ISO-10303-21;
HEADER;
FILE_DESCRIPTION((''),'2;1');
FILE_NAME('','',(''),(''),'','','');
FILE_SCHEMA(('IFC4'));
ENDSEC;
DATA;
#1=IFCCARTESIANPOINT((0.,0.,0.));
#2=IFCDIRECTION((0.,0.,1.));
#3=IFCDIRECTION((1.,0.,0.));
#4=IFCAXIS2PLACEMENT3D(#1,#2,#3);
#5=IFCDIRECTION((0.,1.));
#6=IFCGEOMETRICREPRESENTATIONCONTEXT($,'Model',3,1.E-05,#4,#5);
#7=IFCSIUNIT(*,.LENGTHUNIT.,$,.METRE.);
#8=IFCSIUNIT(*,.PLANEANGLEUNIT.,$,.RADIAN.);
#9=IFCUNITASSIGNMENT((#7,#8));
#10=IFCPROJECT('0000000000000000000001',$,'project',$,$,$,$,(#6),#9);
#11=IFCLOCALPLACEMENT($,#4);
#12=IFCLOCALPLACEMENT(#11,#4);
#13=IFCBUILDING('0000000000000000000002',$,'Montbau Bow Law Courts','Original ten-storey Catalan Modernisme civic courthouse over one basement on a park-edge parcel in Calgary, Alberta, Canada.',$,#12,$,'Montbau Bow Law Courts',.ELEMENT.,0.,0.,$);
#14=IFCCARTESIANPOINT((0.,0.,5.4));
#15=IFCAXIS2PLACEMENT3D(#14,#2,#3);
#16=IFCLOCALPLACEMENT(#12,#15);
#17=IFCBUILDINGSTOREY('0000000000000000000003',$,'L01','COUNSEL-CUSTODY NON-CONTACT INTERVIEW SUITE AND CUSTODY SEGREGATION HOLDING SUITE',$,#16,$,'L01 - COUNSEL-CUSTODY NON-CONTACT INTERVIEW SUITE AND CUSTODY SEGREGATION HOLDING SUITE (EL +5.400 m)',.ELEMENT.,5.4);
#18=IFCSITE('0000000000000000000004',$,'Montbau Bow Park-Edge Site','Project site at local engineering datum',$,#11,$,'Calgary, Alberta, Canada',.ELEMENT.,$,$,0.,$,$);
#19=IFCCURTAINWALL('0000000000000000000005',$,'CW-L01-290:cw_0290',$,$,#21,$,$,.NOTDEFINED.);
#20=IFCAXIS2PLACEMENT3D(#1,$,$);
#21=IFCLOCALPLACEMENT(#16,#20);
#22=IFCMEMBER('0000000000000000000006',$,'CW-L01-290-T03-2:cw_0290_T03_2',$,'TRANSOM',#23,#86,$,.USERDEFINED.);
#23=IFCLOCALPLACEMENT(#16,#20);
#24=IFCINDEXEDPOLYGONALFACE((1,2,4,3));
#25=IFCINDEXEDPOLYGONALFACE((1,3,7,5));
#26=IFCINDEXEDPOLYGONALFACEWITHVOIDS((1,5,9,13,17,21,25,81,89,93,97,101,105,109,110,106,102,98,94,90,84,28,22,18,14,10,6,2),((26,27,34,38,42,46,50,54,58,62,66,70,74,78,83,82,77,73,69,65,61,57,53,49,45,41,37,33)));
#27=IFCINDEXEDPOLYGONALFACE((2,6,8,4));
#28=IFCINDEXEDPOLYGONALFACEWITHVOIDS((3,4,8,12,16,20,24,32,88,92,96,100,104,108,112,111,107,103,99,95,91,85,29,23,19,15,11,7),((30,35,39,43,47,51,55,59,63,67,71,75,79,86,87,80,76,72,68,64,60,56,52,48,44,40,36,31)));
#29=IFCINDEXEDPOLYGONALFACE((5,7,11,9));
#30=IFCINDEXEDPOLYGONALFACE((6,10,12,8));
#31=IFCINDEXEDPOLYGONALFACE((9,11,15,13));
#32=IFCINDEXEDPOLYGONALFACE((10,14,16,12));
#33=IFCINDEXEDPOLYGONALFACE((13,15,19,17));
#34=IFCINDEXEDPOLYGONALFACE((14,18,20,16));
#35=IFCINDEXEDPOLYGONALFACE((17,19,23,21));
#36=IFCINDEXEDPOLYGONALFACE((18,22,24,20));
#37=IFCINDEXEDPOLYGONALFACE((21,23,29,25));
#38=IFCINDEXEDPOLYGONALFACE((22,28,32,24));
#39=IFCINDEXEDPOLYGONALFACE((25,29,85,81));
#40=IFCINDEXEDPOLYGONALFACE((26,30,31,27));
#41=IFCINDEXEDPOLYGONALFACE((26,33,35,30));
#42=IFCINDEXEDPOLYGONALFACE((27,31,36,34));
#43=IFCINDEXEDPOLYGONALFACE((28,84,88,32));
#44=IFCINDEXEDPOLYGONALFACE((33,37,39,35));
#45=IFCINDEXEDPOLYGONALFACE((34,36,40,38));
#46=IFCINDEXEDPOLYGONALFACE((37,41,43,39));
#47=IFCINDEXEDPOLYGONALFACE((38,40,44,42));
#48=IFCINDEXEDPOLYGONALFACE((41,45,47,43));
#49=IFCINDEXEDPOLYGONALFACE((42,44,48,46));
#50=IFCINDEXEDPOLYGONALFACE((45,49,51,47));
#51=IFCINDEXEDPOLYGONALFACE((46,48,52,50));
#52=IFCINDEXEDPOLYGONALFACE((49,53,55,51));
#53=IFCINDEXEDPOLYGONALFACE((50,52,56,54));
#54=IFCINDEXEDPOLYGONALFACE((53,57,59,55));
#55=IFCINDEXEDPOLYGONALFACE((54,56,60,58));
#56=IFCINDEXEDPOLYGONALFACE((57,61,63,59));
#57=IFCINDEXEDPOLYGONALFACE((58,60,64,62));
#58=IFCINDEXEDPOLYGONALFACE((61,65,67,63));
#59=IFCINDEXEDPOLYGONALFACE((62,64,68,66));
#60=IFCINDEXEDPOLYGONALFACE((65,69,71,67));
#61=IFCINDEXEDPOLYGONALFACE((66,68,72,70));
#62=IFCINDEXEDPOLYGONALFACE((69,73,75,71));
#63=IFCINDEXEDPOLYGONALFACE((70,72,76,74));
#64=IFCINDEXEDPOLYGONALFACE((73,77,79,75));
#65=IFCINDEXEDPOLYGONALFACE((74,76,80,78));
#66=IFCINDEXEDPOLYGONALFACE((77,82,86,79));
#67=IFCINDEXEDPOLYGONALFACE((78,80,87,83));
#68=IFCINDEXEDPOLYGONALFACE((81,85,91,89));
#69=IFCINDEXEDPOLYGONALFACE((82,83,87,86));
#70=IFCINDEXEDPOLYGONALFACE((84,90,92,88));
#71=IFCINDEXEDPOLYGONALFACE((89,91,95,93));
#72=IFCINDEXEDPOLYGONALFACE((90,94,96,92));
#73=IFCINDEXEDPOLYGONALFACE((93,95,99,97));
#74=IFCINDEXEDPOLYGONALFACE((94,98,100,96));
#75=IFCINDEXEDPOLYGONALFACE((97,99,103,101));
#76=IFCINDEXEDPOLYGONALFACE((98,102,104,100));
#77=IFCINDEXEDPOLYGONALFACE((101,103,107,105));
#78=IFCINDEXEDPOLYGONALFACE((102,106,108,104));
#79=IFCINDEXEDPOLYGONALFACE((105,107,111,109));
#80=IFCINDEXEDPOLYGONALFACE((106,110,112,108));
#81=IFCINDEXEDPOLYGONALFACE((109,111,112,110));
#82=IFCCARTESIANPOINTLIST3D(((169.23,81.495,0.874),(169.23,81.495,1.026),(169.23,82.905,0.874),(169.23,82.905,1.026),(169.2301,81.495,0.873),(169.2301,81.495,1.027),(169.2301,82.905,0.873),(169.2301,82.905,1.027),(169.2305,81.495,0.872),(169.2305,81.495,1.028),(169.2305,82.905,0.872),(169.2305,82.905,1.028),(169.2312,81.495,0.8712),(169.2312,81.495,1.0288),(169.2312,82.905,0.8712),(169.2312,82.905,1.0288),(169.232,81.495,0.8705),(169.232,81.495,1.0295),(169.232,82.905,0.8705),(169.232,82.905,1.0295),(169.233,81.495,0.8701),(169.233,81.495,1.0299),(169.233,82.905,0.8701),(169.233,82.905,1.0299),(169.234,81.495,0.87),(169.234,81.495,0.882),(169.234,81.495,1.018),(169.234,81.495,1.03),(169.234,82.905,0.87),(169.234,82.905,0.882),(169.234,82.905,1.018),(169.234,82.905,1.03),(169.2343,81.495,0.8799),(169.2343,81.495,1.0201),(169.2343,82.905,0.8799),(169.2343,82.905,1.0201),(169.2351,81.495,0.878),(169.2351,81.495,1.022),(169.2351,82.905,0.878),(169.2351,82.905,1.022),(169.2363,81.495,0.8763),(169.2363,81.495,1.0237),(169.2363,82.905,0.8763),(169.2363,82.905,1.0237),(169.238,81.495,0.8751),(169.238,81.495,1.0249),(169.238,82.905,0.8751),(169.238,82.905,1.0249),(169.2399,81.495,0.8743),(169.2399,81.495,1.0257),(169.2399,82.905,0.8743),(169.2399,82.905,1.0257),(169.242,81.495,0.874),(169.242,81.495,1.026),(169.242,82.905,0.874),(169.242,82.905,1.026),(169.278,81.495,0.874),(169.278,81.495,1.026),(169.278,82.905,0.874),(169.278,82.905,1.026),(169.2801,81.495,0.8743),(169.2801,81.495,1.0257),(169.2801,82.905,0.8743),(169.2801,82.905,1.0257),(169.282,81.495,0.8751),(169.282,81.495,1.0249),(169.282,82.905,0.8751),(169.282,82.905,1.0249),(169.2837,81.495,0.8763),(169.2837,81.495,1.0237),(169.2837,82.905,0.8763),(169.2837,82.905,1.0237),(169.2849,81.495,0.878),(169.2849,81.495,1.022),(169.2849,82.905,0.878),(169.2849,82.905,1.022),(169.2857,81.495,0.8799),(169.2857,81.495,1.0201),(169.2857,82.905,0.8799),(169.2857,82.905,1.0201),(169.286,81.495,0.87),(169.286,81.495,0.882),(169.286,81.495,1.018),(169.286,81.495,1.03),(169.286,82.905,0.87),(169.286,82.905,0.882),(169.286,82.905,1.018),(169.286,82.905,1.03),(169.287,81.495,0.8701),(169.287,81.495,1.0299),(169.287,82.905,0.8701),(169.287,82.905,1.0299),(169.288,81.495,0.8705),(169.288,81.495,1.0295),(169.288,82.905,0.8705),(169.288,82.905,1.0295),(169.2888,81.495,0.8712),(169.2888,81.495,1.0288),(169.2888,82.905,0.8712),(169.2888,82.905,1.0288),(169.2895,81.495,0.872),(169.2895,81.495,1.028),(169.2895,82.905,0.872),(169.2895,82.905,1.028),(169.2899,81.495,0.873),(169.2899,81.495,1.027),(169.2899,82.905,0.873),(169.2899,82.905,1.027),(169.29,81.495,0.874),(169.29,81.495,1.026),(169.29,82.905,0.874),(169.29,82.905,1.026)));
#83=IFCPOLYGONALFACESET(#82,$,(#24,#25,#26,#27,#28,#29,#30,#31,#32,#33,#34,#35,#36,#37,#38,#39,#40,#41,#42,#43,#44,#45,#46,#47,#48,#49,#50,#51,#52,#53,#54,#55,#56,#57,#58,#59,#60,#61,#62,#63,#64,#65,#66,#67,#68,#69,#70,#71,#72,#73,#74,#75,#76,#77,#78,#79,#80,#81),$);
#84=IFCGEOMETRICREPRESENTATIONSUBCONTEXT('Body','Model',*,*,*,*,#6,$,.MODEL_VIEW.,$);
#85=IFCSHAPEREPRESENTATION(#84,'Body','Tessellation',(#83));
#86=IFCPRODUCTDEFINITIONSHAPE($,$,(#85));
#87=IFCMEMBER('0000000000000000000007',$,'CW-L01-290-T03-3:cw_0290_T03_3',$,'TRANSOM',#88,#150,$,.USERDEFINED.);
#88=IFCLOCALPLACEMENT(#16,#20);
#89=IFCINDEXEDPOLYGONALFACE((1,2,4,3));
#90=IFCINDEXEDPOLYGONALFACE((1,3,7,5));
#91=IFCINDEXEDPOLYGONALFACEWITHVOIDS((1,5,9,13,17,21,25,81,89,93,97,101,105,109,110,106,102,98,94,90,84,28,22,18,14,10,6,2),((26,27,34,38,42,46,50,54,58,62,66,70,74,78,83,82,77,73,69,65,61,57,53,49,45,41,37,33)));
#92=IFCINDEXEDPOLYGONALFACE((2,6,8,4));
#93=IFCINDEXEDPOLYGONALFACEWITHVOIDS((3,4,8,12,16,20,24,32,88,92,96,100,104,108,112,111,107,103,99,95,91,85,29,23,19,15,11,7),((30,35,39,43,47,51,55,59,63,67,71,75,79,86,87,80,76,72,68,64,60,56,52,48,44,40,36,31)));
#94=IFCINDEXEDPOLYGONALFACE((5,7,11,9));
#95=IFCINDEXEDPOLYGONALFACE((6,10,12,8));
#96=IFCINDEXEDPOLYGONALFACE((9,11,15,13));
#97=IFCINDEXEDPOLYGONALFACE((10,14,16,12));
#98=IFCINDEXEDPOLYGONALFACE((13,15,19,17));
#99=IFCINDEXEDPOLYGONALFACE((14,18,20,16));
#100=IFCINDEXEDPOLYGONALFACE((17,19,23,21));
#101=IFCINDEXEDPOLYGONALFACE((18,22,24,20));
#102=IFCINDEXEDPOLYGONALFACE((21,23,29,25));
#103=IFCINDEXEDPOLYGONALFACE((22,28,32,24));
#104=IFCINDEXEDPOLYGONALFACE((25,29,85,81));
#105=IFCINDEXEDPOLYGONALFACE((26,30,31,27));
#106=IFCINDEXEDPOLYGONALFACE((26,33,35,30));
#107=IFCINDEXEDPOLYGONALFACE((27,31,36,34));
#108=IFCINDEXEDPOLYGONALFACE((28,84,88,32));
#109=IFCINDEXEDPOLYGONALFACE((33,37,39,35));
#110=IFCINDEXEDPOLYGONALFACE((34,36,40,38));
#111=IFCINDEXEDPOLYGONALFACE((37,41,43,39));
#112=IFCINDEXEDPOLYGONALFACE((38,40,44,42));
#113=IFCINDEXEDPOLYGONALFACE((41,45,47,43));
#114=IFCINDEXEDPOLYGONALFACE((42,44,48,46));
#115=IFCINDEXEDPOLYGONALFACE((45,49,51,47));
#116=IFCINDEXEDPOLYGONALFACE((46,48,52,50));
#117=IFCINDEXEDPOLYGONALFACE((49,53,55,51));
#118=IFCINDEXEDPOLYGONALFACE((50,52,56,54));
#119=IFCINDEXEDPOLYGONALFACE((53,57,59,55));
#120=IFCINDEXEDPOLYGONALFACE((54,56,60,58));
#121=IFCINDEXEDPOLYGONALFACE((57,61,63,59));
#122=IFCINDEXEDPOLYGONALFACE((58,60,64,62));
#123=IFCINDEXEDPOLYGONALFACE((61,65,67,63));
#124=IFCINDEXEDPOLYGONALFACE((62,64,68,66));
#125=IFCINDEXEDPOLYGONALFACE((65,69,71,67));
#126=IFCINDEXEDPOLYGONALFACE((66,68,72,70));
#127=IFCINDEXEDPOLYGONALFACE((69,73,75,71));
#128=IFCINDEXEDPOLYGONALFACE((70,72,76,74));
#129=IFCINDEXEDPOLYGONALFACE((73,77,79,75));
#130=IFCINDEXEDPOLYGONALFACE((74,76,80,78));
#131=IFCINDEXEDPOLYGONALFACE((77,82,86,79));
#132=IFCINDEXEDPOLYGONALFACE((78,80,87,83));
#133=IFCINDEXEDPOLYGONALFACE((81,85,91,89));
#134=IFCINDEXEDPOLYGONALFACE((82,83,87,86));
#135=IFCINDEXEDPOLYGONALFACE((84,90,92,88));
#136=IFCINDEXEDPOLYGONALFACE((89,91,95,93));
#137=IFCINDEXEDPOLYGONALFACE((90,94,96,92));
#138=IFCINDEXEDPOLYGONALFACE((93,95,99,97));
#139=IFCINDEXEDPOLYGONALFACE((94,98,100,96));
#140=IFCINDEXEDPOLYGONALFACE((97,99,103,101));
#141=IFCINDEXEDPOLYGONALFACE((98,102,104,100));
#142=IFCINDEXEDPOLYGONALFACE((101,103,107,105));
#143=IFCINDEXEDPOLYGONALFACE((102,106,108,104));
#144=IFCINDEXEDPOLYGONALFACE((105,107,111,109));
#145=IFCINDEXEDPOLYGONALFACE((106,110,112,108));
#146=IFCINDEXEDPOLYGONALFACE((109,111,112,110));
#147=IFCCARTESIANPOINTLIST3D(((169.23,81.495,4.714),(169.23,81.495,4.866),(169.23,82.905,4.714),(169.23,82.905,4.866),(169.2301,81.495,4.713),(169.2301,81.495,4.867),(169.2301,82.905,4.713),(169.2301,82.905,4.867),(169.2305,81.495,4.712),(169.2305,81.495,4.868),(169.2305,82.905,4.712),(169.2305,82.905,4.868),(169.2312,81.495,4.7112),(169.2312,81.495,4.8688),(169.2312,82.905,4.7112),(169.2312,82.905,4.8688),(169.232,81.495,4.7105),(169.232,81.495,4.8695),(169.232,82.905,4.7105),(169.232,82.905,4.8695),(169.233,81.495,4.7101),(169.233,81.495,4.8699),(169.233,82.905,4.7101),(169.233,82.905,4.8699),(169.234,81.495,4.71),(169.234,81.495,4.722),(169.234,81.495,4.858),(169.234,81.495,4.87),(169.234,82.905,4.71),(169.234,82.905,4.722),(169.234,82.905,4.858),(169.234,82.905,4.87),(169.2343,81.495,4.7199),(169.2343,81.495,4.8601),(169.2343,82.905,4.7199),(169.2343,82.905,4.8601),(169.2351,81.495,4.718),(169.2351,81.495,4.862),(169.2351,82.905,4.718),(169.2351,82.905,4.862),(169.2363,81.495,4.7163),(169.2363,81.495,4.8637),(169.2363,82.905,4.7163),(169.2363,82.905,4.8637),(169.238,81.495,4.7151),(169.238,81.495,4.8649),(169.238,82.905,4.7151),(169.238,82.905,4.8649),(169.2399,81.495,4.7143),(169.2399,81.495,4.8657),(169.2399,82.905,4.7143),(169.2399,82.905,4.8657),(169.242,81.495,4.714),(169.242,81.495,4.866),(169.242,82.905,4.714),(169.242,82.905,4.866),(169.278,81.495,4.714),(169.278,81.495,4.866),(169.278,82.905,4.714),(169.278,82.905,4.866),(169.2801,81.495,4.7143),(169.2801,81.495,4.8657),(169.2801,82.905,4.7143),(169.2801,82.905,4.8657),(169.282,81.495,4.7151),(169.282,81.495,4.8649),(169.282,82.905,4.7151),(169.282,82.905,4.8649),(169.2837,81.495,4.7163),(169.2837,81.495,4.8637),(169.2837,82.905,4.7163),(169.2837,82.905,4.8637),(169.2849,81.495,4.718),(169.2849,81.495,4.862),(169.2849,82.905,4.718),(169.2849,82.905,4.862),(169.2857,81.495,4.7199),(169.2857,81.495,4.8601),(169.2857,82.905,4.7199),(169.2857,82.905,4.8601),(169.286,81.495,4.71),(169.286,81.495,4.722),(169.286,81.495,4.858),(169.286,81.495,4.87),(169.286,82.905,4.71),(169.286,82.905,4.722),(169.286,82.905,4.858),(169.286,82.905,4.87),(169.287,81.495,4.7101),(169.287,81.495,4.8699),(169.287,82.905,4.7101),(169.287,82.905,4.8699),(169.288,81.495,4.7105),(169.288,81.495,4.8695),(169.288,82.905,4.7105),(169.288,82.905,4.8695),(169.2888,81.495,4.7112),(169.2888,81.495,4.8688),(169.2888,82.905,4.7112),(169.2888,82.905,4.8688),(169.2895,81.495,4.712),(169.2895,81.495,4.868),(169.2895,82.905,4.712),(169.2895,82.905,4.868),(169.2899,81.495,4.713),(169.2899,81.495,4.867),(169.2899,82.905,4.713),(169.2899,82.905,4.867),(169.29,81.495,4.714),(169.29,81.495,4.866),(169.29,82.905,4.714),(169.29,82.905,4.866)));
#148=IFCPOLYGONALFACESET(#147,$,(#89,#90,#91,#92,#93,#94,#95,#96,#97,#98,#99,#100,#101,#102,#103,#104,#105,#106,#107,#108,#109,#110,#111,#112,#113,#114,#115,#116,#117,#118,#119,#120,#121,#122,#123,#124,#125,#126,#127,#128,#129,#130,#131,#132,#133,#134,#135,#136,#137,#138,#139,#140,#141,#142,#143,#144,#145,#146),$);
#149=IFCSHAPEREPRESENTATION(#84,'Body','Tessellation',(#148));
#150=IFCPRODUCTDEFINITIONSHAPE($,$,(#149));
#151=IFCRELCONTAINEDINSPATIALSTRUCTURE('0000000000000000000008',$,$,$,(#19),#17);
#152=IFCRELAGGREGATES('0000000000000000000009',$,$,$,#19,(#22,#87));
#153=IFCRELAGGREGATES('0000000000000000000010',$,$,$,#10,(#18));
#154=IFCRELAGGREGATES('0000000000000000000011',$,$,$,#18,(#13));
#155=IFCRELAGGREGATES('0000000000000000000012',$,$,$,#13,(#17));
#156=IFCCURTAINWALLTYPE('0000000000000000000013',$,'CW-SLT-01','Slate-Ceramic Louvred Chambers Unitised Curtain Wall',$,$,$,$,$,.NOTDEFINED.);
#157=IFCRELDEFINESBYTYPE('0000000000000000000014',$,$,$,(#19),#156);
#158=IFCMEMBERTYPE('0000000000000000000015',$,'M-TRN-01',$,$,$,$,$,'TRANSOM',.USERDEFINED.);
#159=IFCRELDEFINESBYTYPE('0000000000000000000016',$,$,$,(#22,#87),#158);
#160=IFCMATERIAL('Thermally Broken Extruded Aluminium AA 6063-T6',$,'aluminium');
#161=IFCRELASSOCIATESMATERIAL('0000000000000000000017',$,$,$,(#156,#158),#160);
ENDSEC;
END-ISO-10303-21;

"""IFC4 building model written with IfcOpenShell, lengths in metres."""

from ifc_helpers import new_model, si_unit, direction, frame, origin_with_axes, origin_2d_with_axis, place, context, subcontext, project, spatial, hollow_rectangle, extrude, material, material_profile, profile_set, type_object, element, aggregate, save


model = new_model("IFC4")

# Units and contexts
model_context = context("Model", 3, precision=1e-05, world=origin_with_axes(), true_north=direction((0.0, 1.0)))
body_context = subcontext(model_context, "Body", "Model", "MODEL_VIEW")
ifc_project = project(units=[si_unit("LENGTHUNIT", "METRE"), si_unit("PLANEANGLEUNIT", "RADIAN")], contexts=[model_context])

# Site, building, storey
site_placement = place(None, origin_with_axes())
site = spatial("IfcSite", under=ifc_project, at=site_placement, Name="Montbau Bow Park-Edge Site", Description="Project site at local engineering datum", LongName="Calgary, Alberta, Canada", CompositionType="ELEMENT", RefElevation=0.0)
building_placement = place(site_placement, origin_with_axes())
building = spatial("IfcBuilding", under=site, at=building_placement, Name="Montbau Bow Law Courts", Description="Original ten-storey Catalan Modernisme civic courthouse over one basement on a park-edge parcel in Calgary, Alberta, Canada.", LongName="Montbau Bow Law Courts", CompositionType="ELEMENT", ElevationOfRefHeight=0.0, ElevationOfTerrain=0.0)
storey_placement = place(building_placement, frame((0.0, 0.0, 5.4), z_axis=(0.0, 0.0, 1.0), x_axis=(1.0, 0.0, 0.0)))
storey = spatial("IfcBuildingStorey", under=building, at=storey_placement, Name="L01", Description="COUNSEL-CUSTODY NON-CONTACT INTERVIEW SUITE AND CUSTODY SEGREGATION HOLDING SUITE", LongName="L01 - COUNSEL-CUSTODY NON-CONTACT INTERVIEW SUITE AND CUSTODY SEGREGATION HOLDING SUITE (EL +5.400 m)", CompositionType="ELEMENT", Elevation=5.4)

# Curtain wall, members
ifc_material_1 = material(Name="Thermally Broken Extruded Aluminium AA 6063-T6", Category="aluminium")
curtain_wall_type = type_object("IfcCurtainWallType", Name="CW-SLT-01", Description="Slate-Ceramic Louvred Chambers Unitised Curtain Wall", PredefinedType="NOTDEFINED", material=ifc_material_1)
curtain_wall_placement = place(None, frame((169.26, 78.515, 5.4), z_axis=(0.0, 0.0, 1.0), x_axis=(1.0, 0.0, 0.0)))
curtain_wall = element("IfcCurtainWall", 1, at=curtain_wall_placement, inside=storey, type_object=curtain_wall_type, Name="CW-L01-290:cw_0290", PredefinedType="NOTDEFINED")
ifc_material_profile_1 = material_profile(ifc_material_1, hollow_rectangle(XDim=0.06, YDim=0.16, WallThickness=0.004, InnerFilletRadius=0.008, OuterFilletRadius=0.004, at=origin_2d_with_axis()), Name="CWT-160X60", Category="Main", Priority=0)
ifc_profile_set_1 = profile_set([ifc_material_profile_1], Name="Thermally Broken Extruded Aluminium AA 6063-T6")
member_type_1 = type_object("IfcMemberType", Name="M-TRN-01", ElementType="TRANSOM", PredefinedType="USERDEFINED", material=ifc_profile_set_1)
member_1_placement = place(None, frame((169.26, 81.495, 6.35), z_axis=(0.0, 1.0, 0.0), x_axis=(-1.0, 0.0, 0.0)))
member_1 = element("IfcMember", 2, at=member_1_placement, type_object=member_type_1, Name="CW-L01-290-T03-2:cw_0290_T03_2", ObjectType="TRANSOM", PredefinedType="USERDEFINED", context=body_context, shape_type="SweptSolid", body=[
    extrude(hollow_rectangle(XDim=0.06, YDim=0.16, WallThickness=0.004, InnerFilletRadius=0.008, OuterFilletRadius=0.004, at=origin_2d_with_axis()), origin_with_axes(), (0.0, 0.0, 1.0), 1.41),
])
member_2_placement = place(None, frame((169.26, 81.495, 10.19), z_axis=(0.0, 1.0, 0.0), x_axis=(-1.0, 0.0, 0.0)))
member_2 = element("IfcMember", 3, at=member_2_placement, type_object=member_type_1, Name="CW-L01-290-T03-3:cw_0290_T03_3", ObjectType="TRANSOM", PredefinedType="USERDEFINED", context=body_context, shape_type="SweptSolid", body=[
    extrude(hollow_rectangle(XDim=0.06, YDim=0.16, WallThickness=0.004, InnerFilletRadius=0.008, OuterFilletRadius=0.004, at=origin_2d_with_axis()), origin_with_axes(), (0.0, 0.0, 1.0), 1.41),
])
aggregate(curtain_wall, [member_1, member_2])

save(model, "model.ifc")
